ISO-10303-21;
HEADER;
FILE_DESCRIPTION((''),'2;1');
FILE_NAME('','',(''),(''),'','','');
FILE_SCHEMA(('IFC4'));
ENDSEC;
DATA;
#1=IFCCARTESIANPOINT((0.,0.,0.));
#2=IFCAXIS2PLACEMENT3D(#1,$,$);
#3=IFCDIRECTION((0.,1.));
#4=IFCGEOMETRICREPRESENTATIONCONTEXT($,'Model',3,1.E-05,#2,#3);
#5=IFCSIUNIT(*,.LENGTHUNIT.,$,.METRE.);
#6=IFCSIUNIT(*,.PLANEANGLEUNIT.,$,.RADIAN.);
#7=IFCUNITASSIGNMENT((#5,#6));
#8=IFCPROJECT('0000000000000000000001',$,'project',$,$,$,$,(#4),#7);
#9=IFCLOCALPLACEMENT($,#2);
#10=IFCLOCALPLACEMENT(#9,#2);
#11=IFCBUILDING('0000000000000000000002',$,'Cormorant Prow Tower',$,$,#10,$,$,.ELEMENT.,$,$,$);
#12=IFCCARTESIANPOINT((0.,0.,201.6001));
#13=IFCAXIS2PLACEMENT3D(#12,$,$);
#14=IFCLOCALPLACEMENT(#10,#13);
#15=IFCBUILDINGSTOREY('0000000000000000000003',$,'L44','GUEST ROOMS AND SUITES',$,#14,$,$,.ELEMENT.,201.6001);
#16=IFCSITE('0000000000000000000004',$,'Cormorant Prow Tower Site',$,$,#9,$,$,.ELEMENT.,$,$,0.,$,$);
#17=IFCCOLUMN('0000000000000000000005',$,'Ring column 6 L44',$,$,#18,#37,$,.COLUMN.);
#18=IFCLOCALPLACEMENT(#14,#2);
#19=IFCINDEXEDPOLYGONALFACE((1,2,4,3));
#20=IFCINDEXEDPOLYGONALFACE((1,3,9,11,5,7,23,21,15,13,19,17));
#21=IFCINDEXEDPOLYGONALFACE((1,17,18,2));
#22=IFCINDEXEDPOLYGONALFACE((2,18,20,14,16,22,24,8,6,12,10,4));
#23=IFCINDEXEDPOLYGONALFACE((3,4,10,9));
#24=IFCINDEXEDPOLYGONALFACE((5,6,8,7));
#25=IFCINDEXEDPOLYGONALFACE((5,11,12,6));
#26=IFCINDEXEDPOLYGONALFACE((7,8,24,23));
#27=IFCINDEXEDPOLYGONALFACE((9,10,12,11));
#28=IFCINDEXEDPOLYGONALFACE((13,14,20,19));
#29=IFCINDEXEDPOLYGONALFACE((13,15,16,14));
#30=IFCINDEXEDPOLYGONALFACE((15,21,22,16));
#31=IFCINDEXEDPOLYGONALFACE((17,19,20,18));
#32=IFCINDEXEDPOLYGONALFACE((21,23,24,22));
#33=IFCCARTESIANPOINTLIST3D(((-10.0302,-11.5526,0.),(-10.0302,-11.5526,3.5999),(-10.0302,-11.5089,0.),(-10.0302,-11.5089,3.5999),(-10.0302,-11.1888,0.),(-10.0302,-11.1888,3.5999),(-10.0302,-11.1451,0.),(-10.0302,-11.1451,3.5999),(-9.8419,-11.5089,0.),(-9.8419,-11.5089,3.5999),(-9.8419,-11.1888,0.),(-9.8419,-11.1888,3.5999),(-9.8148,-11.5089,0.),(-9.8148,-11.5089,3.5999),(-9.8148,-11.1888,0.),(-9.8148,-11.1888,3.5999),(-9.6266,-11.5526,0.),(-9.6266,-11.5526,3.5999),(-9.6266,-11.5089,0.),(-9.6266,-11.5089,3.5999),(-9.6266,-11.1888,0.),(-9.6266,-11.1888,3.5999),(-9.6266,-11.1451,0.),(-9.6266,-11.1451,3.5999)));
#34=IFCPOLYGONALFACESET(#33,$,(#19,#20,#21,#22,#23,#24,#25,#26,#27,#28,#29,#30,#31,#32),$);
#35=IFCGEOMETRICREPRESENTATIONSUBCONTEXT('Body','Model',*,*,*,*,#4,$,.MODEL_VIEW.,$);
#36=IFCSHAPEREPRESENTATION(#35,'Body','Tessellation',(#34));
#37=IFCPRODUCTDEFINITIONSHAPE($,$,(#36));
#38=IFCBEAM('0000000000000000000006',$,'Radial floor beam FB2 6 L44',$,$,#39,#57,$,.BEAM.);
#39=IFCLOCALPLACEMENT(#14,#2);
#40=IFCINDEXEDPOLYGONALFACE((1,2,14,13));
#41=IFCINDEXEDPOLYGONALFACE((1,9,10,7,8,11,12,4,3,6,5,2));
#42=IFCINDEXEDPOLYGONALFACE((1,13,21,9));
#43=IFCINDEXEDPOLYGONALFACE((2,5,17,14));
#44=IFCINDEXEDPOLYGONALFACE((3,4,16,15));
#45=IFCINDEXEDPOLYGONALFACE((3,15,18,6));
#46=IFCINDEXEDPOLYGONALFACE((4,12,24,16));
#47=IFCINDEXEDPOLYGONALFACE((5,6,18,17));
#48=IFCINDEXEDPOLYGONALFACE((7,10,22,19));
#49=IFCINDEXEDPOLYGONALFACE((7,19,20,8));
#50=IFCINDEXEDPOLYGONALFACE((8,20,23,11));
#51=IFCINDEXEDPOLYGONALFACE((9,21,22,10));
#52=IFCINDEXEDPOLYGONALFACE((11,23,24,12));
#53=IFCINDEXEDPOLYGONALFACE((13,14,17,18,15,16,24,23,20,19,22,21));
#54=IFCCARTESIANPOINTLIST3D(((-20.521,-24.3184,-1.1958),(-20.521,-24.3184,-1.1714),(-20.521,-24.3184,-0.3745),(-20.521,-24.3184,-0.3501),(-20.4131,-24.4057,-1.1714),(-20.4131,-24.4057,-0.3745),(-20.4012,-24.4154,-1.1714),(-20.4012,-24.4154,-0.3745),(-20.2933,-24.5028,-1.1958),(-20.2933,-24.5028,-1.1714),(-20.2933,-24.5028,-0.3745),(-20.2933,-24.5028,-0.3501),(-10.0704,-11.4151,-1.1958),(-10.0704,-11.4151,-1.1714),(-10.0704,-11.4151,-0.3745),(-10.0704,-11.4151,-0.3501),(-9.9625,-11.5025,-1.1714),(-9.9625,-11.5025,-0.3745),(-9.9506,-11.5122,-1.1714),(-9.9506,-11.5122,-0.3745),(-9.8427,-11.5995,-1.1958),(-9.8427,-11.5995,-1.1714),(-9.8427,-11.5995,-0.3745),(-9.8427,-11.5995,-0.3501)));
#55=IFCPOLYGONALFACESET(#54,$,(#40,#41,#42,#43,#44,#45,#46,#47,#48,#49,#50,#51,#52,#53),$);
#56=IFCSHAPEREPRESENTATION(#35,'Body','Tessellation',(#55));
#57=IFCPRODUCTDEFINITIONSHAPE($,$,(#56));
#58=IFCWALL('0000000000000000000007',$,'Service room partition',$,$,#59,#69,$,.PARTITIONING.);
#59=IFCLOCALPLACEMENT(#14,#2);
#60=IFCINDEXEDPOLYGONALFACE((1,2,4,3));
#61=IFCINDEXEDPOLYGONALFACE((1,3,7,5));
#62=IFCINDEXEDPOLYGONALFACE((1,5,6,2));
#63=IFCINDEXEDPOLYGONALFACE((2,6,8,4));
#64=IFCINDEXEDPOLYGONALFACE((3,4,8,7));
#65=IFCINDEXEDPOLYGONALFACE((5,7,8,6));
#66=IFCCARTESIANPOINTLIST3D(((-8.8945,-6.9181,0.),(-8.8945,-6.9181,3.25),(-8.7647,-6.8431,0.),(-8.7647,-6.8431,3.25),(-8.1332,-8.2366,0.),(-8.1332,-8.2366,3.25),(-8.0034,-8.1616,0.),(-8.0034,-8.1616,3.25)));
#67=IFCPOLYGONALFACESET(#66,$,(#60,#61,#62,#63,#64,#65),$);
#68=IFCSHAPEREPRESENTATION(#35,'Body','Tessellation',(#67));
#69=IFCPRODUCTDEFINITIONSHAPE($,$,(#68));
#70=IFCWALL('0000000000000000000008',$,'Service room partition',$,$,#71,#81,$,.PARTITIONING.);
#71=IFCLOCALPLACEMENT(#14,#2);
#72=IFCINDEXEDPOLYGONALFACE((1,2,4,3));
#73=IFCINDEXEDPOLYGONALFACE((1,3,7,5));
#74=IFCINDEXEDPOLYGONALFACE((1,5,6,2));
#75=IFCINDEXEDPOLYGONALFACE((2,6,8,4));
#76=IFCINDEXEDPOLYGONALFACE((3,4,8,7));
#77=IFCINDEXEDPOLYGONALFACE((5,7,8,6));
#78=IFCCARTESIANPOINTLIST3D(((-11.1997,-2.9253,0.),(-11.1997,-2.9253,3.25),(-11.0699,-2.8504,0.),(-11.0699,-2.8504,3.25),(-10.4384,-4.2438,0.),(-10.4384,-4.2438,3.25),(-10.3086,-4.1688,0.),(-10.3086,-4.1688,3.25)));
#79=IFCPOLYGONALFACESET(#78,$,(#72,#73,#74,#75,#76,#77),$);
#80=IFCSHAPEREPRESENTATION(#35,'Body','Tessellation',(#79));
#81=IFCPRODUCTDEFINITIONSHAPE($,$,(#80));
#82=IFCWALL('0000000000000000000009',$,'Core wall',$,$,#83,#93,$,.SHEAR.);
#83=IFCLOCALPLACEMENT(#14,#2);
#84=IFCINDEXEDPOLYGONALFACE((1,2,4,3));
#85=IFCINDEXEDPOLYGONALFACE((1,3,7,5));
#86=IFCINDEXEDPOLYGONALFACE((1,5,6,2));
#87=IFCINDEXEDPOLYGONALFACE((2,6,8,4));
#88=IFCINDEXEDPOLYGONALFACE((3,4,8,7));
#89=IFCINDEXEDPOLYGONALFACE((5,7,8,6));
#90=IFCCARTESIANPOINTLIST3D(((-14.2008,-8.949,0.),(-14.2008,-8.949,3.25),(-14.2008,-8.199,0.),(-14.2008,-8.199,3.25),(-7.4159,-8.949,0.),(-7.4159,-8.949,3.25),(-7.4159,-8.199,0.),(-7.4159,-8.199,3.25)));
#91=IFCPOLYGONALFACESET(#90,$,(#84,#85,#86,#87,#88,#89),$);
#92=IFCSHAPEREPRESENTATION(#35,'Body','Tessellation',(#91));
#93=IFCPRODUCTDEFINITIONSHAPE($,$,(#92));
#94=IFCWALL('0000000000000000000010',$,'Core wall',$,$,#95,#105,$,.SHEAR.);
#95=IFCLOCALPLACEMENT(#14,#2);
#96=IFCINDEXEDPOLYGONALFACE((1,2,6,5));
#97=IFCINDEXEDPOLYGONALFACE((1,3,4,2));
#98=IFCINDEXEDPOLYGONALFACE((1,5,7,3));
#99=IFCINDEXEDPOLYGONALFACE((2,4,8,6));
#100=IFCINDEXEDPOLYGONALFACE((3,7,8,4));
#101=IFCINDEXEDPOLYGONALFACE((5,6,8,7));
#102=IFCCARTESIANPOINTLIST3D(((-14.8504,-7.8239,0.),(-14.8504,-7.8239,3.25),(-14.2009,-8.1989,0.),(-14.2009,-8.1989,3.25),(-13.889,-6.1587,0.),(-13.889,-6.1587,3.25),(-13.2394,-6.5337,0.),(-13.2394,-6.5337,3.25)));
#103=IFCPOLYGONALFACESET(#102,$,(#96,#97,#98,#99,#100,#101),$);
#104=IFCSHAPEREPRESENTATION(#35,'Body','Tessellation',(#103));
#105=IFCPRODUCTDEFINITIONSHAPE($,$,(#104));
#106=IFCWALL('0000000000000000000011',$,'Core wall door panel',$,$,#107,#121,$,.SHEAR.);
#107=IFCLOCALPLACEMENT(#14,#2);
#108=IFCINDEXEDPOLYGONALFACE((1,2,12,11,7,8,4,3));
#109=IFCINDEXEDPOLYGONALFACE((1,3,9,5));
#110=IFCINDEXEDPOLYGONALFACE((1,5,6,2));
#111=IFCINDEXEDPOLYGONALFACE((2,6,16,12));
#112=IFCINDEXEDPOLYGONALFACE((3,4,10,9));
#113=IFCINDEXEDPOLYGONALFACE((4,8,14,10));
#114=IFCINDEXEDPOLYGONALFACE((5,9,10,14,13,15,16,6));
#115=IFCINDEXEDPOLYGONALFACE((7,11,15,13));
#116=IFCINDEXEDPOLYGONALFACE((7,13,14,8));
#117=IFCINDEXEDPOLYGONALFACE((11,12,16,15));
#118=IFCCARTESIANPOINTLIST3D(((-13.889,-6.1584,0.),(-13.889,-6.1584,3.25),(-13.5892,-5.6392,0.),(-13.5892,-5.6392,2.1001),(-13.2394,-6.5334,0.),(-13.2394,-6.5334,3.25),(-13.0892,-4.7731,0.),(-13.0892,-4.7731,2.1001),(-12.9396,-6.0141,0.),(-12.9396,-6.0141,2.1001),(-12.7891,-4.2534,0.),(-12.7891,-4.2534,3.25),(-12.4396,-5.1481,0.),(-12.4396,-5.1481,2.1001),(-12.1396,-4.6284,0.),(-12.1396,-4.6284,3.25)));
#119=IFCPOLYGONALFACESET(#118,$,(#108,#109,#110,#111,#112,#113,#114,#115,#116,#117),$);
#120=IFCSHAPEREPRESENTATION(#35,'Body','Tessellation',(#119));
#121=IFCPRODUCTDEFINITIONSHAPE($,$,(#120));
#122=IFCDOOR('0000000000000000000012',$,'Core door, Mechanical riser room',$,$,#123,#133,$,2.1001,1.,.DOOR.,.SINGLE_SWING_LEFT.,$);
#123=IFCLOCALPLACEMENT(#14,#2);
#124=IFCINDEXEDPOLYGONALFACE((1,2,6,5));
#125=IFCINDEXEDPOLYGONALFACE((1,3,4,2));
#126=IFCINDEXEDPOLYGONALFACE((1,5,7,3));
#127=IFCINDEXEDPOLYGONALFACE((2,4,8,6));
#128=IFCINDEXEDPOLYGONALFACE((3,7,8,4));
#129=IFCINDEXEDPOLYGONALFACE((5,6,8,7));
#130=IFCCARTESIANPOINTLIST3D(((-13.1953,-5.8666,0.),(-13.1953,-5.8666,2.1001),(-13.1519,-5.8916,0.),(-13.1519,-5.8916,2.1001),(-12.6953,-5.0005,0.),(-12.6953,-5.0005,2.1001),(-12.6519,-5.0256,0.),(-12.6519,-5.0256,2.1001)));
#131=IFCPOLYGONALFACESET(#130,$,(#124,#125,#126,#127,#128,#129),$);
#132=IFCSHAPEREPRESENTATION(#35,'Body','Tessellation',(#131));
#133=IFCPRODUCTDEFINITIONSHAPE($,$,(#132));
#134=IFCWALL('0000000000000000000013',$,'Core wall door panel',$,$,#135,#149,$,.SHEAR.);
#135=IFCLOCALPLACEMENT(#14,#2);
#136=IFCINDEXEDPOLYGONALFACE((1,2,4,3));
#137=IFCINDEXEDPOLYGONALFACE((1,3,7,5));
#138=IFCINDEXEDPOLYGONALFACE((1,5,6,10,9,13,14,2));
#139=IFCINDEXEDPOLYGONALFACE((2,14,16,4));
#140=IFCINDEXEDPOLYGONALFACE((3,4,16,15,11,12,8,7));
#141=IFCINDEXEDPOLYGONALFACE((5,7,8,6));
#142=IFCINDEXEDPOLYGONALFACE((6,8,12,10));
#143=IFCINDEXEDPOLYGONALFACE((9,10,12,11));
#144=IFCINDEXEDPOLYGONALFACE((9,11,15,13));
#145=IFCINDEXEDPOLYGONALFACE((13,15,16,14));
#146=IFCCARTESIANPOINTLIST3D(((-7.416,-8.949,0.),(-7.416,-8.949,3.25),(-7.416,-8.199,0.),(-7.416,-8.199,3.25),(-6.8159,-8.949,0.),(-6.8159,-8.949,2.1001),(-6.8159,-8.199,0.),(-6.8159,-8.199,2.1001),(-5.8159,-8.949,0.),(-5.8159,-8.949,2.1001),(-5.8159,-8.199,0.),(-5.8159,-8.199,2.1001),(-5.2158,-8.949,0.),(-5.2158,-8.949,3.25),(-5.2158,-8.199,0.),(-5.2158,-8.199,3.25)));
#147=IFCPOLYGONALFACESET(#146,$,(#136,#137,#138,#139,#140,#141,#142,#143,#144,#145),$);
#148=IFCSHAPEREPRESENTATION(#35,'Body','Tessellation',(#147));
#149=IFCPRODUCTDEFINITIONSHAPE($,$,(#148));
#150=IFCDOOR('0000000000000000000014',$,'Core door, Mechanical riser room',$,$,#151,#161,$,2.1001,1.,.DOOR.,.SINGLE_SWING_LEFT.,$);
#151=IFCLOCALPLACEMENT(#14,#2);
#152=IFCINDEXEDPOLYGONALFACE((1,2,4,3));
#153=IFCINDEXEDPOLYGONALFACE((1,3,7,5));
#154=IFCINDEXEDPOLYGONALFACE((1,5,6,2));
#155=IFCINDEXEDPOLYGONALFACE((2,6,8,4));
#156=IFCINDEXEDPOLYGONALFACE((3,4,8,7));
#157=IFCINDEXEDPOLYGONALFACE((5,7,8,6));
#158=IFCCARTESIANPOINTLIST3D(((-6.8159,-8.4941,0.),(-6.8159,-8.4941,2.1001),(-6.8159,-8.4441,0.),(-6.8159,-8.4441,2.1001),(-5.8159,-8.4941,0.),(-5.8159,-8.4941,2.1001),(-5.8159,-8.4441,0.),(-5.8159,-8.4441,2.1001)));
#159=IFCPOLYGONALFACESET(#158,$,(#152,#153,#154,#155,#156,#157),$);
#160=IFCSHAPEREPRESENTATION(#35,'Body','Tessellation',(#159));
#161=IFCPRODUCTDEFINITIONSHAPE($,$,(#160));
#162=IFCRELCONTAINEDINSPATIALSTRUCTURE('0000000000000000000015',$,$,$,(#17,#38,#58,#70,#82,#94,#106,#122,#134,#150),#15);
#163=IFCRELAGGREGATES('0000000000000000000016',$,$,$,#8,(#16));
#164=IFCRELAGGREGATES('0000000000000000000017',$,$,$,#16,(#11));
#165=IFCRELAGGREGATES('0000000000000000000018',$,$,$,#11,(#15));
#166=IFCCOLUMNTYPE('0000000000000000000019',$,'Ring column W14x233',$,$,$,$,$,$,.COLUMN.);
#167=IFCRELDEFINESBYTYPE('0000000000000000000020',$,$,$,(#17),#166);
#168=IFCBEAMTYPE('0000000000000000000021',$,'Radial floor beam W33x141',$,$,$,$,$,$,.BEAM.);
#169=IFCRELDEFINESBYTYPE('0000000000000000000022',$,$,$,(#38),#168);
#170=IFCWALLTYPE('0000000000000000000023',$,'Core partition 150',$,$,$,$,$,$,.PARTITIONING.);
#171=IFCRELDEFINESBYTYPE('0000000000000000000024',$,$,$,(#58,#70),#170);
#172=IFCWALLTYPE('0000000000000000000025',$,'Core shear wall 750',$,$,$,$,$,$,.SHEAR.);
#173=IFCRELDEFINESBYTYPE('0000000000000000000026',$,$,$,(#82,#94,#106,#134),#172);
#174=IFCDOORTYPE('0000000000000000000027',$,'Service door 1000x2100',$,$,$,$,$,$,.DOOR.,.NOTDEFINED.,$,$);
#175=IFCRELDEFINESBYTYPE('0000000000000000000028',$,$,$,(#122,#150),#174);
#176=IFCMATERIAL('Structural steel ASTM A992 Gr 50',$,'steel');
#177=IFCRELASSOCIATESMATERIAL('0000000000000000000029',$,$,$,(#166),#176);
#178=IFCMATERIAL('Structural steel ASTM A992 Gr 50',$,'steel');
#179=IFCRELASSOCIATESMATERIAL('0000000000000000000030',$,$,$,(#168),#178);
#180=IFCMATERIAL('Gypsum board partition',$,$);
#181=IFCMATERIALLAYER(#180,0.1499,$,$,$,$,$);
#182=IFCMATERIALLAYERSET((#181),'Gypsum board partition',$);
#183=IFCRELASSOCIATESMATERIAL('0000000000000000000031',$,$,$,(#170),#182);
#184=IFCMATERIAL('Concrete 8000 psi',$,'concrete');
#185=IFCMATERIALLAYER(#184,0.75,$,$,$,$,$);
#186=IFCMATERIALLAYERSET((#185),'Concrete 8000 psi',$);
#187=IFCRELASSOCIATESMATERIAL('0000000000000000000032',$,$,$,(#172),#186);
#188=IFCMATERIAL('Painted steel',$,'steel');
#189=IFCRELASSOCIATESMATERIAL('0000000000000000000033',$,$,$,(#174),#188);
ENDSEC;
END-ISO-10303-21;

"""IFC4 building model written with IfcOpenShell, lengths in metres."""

from ifc_helpers import new_model, si_unit, direction, frame, frame_2d, origin, origin_2d, place, context, subcontext, project, spatial, rectangle, i_section, extrude, material, layer, layer_set, material_profile, profile_set, type_object, element, fill, save


model = new_model("IFC4")

# Units and contexts
model_context = context("Model", 3, precision=1e-05, world=origin(), true_north=direction((0.0, 1.0)))
body_context = subcontext(model_context, "Body", "Model", "MODEL_VIEW")
ifc_project = project(units=[si_unit("LENGTHUNIT", "METRE"), si_unit("PLANEANGLEUNIT", "RADIAN")], contexts=[model_context])

# Site, building, storey
site_placement = place(None, origin())
site = spatial("IfcSite", under=ifc_project, at=site_placement, Name="Cormorant Prow Tower Site", CompositionType="ELEMENT", RefElevation=0.0)
building_placement = place(site_placement, origin())
building = spatial("IfcBuilding", under=site, at=building_placement, Name="Cormorant Prow Tower", CompositionType="ELEMENT")
storey_placement = place(building_placement, frame((0.0, 0.0, 201.6001)))
storey = spatial("IfcBuildingStorey", under=building, at=storey_placement, Name="L44", Description="GUEST ROOMS AND SUITES", CompositionType="ELEMENT", Elevation=201.6001)

# Column
ifc_material_1 = material(Name="Structural steel ASTM A992 Gr 50", Category="steel")
ifc_material_profile_1 = material_profile(ifc_material_1, i_section(OverallWidth=0.4036, OverallDepth=0.4075, WebThickness=0.0271, FlangeThickness=0.0437, at=origin_2d()), Name="W14x233")
ifc_profile_set_1 = profile_set([ifc_material_profile_1], Name="Structural steel ASTM A992 Gr 50")
column_type = type_object("IfcColumnType", Name="Ring column W14x233", PredefinedType="COLUMN", material=ifc_profile_set_1)
column_placement = place(storey_placement, frame((-9.8284, -11.3489, 0.0), z_axis=(0.0, 0.0, 1.0), x_axis=(1.0, 0.0, 0.0)))
element("IfcColumn", 1, at=column_placement, inside=storey, type_object=column_type, Name="Ring column 6 L44", PredefinedType="COLUMN", context=body_context, shape_type="SweptSolid", body=[
    extrude(i_section(OverallWidth=0.4036, OverallDepth=0.4075, WebThickness=0.0271, FlangeThickness=0.0437, at=origin_2d()), origin(), (0.0, 0.0, 1.0), 3.5999),
])

# Beam
ifc_material_2 = material(Name="Structural steel ASTM A992 Gr 50", Category="steel")
ifc_material_profile_2 = material_profile(ifc_material_2, i_section(OverallWidth=0.293, OverallDepth=0.8457, WebThickness=0.0154, FlangeThickness=0.0244, at=origin_2d()), Name="W33x141")
ifc_profile_set_2 = profile_set([ifc_material_profile_2], Name="Structural steel ASTM A992 Gr 50")
beam_type = type_object("IfcBeamType", Name="Radial floor beam W33x141", PredefinedType="BEAM", material=ifc_profile_set_2)
beam_placement = place(storey_placement, frame((-9.9565, -11.5073, -0.7729), z_axis=(-0.629385, -0.777094, 0.0), x_axis=(0.777094, -0.629385, 0.0)))
element("IfcBeam", 2, at=beam_placement, inside=storey, type_object=beam_type, Name="Radial floor beam FB2 6 L44", PredefinedType="BEAM", context=body_context, shape_type="SweptSolid", body=[
    extrude(i_section(OverallWidth=0.293, OverallDepth=0.8457, WebThickness=0.0154, FlangeThickness=0.0244, at=origin_2d()), origin(), (0.0, 0.0, 1.0), 16.6045),
])

# Walls
ifc_material_3 = material(Name="Gypsum board partition")
ifc_layer_1 = layer(ifc_material_3, 0.1499)
ifc_layer_set_1 = layer_set([ifc_layer_1], Name="Gypsum board partition")
wall_type_1 = type_object("IfcWallType", Name="Core partition 150", PredefinedType="PARTITIONING", material=ifc_layer_set_1)
for number, where, z_axis, x_axis, name in (
    (3, (-8.8296, -6.8806, 0.0), (0.0, 0.0, 1.0), (0.500037, -0.866004, 0.0), "Service room partition"),
    (4, (-10.3735, -4.2063, 0.0), (0.0, 0.0, 1.0), (-0.500037, 0.866004, 0.0), "Service room partition"),
):
    element("IfcWall", number, at=place(storey_placement, frame(where, z_axis=z_axis, x_axis=x_axis)), inside=storey, type_object=wall_type_1, Name=name, PredefinedType="PARTITIONING", context=body_context, shape_type="SweptSolid", body=[
        extrude(rectangle(XDim=1.5225, YDim=0.1499, at=frame_2d((0.7612, 0.0))), origin(), (0.0, 0.0, 1.0), 3.25),
    ])
ifc_material_4 = material(Name="Concrete 8000 psi", Category="concrete")
ifc_layer_2 = layer(ifc_material_4, 0.75)
ifc_layer_set_2 = layer_set([ifc_layer_2], Name="Concrete 8000 psi")
wall_type_2 = type_object("IfcWallType", Name="Core shear wall 750", PredefinedType="SHEAR", material=ifc_layer_set_2)
wall_1_placement = place(storey_placement, frame((-14.2009, -8.574, 0.0), z_axis=(0.0, 0.0, 1.0), x_axis=(1.0, 0.0, 0.0)))
element("IfcWall", 5, at=wall_1_placement, inside=storey, type_object=wall_type_2, Name="Core wall", PredefinedType="SHEAR", context=body_context, shape_type="SweptSolid", body=[
    extrude(rectangle(XDim=6.7849, YDim=0.75, at=frame_2d((3.3926, 0.0))), origin(), (0.0, 0.0, 1.0), 3.25),
])
wall_2_placement = place(storey_placement, frame((-13.5642, -6.3462, 0.0), z_axis=(0.0, 0.0, 1.0), x_axis=(-0.49999, -0.866031, 0.0)))
element("IfcWall", 6, at=wall_2_placement, inside=storey, type_object=wall_type_2, Name="Core wall", PredefinedType="SHEAR", context=body_context, shape_type="SweptSolid", body=[
    extrude(rectangle(XDim=1.9229, YDim=0.75, at=frame_2d((0.9614, 0.0))), origin(), (0.0, 0.0, 1.0), 3.25),
])

# Walls, openings, doors
wall_3_placement = place(storey_placement, frame((-12.4644, -4.4409, 0.0), z_axis=(0.0, 0.0, 1.0), x_axis=(-0.499995, -0.866028, 0.0)))
wall_3 = element("IfcWall", 7, at=wall_3_placement, inside=storey, type_object=wall_type_2, Name="Core wall door panel", PredefinedType="SHEAR", context=body_context, shape_type="SweptSolid", body=[
    extrude(rectangle(XDim=2.1997, YDim=0.75, at=frame_2d((1.0999, 0.0))), origin(), (0.0, 0.0, 1.0), 3.25),
])
opening_1_placement = place(wall_3_placement, frame((0.6001, 0.0, 0.0)))
opening_1 = element("IfcOpeningElement", 8, at=opening_1_placement, cuts=wall_3, PredefinedType="OPENING", context=body_context, shape_type="SweptSolid", body=[
    extrude(rectangle(XDim=1.0, YDim=2.1001, at=frame_2d((0.5, 1.05))), frame((0.0, 0.385, 0.0), z_axis=(0.0, -1.0, 0.0), x_axis=(1.0, 0.0, 0.0)), (0.0, 0.0, 1.0), 0.77),
])
ifc_material_5 = material(Name="Painted steel", Category="steel")
door_type_1 = type_object("IfcDoorType", Name="Service door 1000x2100", OperationType="NOTDEFINED", PredefinedType="DOOR", material=ifc_material_5)
door_1_placement = place(opening_1_placement, origin())
door_1 = element("IfcDoor", 9, at=door_1_placement, inside=storey, type_object=door_type_1, Name="Core door, Mechanical riser room", OperationType="SINGLE_SWING_LEFT", OverallHeight=2.1001, OverallWidth=1.0, PredefinedType="DOOR", context=body_context, shape_type="SweptSolid", body=[
    extrude(rectangle(XDim=1.0, YDim=2.1001, at=frame_2d((0.5, 1.05))), frame((0.0, 0.1299, 0.0), z_axis=(0.0, -1.0, 0.0), x_axis=(1.0, 0.0, 0.0)), (0.0, 0.0, 1.0), 0.05),
])
fill(opening_1, door_1)
wall_4_placement = place(storey_placement, frame((-7.416, -8.574, 0.0), z_axis=(0.0, 0.0, 1.0), x_axis=(1.0, 0.0, 0.0)))
wall_4 = element("IfcWall", 10, at=wall_4_placement, inside=storey, type_object=wall_type_2, Name="Core wall door panel", PredefinedType="SHEAR", context=body_context, shape_type="SweptSolid", body=[
    extrude(rectangle(XDim=2.2002, YDim=0.75, at=frame_2d((1.1001, 0.0))), origin(), (0.0, 0.0, 1.0), 3.25),
])
opening_2_placement = place(wall_4_placement, frame((0.6001, 0.0, 0.0)))
opening_2 = element("IfcOpeningElement", 11, at=opening_2_placement, cuts=wall_4, PredefinedType="OPENING", context=body_context, shape_type="SweptSolid", body=[
    extrude(rectangle(XDim=1.0, YDim=2.1001, at=frame_2d((0.5, 1.05))), frame((0.0, 0.385, 0.0), z_axis=(0.0, -1.0, 0.0), x_axis=(1.0, 0.0, 0.0)), (0.0, 0.0, 1.0), 0.77),
])
door_2_placement = place(opening_2_placement, origin())
door_2 = element("IfcDoor", 12, at=door_2_placement, inside=storey, type_object=door_type_1, Name="Core door, Mechanical riser room", OperationType="SINGLE_SWING_LEFT", OverallHeight=2.1001, OverallWidth=1.0, PredefinedType="DOOR", context=body_context, shape_type="SweptSolid", body=[
    extrude(rectangle(XDim=1.0, YDim=2.1001, at=frame_2d((0.5, 1.05))), frame((0.0, 0.1299, 0.0), z_axis=(0.0, -1.0, 0.0), x_axis=(1.0, 0.0, 0.0)), (0.0, 0.0, 1.0), 0.05),
])
fill(opening_2, door_2)

save(model, "model.ifc")
